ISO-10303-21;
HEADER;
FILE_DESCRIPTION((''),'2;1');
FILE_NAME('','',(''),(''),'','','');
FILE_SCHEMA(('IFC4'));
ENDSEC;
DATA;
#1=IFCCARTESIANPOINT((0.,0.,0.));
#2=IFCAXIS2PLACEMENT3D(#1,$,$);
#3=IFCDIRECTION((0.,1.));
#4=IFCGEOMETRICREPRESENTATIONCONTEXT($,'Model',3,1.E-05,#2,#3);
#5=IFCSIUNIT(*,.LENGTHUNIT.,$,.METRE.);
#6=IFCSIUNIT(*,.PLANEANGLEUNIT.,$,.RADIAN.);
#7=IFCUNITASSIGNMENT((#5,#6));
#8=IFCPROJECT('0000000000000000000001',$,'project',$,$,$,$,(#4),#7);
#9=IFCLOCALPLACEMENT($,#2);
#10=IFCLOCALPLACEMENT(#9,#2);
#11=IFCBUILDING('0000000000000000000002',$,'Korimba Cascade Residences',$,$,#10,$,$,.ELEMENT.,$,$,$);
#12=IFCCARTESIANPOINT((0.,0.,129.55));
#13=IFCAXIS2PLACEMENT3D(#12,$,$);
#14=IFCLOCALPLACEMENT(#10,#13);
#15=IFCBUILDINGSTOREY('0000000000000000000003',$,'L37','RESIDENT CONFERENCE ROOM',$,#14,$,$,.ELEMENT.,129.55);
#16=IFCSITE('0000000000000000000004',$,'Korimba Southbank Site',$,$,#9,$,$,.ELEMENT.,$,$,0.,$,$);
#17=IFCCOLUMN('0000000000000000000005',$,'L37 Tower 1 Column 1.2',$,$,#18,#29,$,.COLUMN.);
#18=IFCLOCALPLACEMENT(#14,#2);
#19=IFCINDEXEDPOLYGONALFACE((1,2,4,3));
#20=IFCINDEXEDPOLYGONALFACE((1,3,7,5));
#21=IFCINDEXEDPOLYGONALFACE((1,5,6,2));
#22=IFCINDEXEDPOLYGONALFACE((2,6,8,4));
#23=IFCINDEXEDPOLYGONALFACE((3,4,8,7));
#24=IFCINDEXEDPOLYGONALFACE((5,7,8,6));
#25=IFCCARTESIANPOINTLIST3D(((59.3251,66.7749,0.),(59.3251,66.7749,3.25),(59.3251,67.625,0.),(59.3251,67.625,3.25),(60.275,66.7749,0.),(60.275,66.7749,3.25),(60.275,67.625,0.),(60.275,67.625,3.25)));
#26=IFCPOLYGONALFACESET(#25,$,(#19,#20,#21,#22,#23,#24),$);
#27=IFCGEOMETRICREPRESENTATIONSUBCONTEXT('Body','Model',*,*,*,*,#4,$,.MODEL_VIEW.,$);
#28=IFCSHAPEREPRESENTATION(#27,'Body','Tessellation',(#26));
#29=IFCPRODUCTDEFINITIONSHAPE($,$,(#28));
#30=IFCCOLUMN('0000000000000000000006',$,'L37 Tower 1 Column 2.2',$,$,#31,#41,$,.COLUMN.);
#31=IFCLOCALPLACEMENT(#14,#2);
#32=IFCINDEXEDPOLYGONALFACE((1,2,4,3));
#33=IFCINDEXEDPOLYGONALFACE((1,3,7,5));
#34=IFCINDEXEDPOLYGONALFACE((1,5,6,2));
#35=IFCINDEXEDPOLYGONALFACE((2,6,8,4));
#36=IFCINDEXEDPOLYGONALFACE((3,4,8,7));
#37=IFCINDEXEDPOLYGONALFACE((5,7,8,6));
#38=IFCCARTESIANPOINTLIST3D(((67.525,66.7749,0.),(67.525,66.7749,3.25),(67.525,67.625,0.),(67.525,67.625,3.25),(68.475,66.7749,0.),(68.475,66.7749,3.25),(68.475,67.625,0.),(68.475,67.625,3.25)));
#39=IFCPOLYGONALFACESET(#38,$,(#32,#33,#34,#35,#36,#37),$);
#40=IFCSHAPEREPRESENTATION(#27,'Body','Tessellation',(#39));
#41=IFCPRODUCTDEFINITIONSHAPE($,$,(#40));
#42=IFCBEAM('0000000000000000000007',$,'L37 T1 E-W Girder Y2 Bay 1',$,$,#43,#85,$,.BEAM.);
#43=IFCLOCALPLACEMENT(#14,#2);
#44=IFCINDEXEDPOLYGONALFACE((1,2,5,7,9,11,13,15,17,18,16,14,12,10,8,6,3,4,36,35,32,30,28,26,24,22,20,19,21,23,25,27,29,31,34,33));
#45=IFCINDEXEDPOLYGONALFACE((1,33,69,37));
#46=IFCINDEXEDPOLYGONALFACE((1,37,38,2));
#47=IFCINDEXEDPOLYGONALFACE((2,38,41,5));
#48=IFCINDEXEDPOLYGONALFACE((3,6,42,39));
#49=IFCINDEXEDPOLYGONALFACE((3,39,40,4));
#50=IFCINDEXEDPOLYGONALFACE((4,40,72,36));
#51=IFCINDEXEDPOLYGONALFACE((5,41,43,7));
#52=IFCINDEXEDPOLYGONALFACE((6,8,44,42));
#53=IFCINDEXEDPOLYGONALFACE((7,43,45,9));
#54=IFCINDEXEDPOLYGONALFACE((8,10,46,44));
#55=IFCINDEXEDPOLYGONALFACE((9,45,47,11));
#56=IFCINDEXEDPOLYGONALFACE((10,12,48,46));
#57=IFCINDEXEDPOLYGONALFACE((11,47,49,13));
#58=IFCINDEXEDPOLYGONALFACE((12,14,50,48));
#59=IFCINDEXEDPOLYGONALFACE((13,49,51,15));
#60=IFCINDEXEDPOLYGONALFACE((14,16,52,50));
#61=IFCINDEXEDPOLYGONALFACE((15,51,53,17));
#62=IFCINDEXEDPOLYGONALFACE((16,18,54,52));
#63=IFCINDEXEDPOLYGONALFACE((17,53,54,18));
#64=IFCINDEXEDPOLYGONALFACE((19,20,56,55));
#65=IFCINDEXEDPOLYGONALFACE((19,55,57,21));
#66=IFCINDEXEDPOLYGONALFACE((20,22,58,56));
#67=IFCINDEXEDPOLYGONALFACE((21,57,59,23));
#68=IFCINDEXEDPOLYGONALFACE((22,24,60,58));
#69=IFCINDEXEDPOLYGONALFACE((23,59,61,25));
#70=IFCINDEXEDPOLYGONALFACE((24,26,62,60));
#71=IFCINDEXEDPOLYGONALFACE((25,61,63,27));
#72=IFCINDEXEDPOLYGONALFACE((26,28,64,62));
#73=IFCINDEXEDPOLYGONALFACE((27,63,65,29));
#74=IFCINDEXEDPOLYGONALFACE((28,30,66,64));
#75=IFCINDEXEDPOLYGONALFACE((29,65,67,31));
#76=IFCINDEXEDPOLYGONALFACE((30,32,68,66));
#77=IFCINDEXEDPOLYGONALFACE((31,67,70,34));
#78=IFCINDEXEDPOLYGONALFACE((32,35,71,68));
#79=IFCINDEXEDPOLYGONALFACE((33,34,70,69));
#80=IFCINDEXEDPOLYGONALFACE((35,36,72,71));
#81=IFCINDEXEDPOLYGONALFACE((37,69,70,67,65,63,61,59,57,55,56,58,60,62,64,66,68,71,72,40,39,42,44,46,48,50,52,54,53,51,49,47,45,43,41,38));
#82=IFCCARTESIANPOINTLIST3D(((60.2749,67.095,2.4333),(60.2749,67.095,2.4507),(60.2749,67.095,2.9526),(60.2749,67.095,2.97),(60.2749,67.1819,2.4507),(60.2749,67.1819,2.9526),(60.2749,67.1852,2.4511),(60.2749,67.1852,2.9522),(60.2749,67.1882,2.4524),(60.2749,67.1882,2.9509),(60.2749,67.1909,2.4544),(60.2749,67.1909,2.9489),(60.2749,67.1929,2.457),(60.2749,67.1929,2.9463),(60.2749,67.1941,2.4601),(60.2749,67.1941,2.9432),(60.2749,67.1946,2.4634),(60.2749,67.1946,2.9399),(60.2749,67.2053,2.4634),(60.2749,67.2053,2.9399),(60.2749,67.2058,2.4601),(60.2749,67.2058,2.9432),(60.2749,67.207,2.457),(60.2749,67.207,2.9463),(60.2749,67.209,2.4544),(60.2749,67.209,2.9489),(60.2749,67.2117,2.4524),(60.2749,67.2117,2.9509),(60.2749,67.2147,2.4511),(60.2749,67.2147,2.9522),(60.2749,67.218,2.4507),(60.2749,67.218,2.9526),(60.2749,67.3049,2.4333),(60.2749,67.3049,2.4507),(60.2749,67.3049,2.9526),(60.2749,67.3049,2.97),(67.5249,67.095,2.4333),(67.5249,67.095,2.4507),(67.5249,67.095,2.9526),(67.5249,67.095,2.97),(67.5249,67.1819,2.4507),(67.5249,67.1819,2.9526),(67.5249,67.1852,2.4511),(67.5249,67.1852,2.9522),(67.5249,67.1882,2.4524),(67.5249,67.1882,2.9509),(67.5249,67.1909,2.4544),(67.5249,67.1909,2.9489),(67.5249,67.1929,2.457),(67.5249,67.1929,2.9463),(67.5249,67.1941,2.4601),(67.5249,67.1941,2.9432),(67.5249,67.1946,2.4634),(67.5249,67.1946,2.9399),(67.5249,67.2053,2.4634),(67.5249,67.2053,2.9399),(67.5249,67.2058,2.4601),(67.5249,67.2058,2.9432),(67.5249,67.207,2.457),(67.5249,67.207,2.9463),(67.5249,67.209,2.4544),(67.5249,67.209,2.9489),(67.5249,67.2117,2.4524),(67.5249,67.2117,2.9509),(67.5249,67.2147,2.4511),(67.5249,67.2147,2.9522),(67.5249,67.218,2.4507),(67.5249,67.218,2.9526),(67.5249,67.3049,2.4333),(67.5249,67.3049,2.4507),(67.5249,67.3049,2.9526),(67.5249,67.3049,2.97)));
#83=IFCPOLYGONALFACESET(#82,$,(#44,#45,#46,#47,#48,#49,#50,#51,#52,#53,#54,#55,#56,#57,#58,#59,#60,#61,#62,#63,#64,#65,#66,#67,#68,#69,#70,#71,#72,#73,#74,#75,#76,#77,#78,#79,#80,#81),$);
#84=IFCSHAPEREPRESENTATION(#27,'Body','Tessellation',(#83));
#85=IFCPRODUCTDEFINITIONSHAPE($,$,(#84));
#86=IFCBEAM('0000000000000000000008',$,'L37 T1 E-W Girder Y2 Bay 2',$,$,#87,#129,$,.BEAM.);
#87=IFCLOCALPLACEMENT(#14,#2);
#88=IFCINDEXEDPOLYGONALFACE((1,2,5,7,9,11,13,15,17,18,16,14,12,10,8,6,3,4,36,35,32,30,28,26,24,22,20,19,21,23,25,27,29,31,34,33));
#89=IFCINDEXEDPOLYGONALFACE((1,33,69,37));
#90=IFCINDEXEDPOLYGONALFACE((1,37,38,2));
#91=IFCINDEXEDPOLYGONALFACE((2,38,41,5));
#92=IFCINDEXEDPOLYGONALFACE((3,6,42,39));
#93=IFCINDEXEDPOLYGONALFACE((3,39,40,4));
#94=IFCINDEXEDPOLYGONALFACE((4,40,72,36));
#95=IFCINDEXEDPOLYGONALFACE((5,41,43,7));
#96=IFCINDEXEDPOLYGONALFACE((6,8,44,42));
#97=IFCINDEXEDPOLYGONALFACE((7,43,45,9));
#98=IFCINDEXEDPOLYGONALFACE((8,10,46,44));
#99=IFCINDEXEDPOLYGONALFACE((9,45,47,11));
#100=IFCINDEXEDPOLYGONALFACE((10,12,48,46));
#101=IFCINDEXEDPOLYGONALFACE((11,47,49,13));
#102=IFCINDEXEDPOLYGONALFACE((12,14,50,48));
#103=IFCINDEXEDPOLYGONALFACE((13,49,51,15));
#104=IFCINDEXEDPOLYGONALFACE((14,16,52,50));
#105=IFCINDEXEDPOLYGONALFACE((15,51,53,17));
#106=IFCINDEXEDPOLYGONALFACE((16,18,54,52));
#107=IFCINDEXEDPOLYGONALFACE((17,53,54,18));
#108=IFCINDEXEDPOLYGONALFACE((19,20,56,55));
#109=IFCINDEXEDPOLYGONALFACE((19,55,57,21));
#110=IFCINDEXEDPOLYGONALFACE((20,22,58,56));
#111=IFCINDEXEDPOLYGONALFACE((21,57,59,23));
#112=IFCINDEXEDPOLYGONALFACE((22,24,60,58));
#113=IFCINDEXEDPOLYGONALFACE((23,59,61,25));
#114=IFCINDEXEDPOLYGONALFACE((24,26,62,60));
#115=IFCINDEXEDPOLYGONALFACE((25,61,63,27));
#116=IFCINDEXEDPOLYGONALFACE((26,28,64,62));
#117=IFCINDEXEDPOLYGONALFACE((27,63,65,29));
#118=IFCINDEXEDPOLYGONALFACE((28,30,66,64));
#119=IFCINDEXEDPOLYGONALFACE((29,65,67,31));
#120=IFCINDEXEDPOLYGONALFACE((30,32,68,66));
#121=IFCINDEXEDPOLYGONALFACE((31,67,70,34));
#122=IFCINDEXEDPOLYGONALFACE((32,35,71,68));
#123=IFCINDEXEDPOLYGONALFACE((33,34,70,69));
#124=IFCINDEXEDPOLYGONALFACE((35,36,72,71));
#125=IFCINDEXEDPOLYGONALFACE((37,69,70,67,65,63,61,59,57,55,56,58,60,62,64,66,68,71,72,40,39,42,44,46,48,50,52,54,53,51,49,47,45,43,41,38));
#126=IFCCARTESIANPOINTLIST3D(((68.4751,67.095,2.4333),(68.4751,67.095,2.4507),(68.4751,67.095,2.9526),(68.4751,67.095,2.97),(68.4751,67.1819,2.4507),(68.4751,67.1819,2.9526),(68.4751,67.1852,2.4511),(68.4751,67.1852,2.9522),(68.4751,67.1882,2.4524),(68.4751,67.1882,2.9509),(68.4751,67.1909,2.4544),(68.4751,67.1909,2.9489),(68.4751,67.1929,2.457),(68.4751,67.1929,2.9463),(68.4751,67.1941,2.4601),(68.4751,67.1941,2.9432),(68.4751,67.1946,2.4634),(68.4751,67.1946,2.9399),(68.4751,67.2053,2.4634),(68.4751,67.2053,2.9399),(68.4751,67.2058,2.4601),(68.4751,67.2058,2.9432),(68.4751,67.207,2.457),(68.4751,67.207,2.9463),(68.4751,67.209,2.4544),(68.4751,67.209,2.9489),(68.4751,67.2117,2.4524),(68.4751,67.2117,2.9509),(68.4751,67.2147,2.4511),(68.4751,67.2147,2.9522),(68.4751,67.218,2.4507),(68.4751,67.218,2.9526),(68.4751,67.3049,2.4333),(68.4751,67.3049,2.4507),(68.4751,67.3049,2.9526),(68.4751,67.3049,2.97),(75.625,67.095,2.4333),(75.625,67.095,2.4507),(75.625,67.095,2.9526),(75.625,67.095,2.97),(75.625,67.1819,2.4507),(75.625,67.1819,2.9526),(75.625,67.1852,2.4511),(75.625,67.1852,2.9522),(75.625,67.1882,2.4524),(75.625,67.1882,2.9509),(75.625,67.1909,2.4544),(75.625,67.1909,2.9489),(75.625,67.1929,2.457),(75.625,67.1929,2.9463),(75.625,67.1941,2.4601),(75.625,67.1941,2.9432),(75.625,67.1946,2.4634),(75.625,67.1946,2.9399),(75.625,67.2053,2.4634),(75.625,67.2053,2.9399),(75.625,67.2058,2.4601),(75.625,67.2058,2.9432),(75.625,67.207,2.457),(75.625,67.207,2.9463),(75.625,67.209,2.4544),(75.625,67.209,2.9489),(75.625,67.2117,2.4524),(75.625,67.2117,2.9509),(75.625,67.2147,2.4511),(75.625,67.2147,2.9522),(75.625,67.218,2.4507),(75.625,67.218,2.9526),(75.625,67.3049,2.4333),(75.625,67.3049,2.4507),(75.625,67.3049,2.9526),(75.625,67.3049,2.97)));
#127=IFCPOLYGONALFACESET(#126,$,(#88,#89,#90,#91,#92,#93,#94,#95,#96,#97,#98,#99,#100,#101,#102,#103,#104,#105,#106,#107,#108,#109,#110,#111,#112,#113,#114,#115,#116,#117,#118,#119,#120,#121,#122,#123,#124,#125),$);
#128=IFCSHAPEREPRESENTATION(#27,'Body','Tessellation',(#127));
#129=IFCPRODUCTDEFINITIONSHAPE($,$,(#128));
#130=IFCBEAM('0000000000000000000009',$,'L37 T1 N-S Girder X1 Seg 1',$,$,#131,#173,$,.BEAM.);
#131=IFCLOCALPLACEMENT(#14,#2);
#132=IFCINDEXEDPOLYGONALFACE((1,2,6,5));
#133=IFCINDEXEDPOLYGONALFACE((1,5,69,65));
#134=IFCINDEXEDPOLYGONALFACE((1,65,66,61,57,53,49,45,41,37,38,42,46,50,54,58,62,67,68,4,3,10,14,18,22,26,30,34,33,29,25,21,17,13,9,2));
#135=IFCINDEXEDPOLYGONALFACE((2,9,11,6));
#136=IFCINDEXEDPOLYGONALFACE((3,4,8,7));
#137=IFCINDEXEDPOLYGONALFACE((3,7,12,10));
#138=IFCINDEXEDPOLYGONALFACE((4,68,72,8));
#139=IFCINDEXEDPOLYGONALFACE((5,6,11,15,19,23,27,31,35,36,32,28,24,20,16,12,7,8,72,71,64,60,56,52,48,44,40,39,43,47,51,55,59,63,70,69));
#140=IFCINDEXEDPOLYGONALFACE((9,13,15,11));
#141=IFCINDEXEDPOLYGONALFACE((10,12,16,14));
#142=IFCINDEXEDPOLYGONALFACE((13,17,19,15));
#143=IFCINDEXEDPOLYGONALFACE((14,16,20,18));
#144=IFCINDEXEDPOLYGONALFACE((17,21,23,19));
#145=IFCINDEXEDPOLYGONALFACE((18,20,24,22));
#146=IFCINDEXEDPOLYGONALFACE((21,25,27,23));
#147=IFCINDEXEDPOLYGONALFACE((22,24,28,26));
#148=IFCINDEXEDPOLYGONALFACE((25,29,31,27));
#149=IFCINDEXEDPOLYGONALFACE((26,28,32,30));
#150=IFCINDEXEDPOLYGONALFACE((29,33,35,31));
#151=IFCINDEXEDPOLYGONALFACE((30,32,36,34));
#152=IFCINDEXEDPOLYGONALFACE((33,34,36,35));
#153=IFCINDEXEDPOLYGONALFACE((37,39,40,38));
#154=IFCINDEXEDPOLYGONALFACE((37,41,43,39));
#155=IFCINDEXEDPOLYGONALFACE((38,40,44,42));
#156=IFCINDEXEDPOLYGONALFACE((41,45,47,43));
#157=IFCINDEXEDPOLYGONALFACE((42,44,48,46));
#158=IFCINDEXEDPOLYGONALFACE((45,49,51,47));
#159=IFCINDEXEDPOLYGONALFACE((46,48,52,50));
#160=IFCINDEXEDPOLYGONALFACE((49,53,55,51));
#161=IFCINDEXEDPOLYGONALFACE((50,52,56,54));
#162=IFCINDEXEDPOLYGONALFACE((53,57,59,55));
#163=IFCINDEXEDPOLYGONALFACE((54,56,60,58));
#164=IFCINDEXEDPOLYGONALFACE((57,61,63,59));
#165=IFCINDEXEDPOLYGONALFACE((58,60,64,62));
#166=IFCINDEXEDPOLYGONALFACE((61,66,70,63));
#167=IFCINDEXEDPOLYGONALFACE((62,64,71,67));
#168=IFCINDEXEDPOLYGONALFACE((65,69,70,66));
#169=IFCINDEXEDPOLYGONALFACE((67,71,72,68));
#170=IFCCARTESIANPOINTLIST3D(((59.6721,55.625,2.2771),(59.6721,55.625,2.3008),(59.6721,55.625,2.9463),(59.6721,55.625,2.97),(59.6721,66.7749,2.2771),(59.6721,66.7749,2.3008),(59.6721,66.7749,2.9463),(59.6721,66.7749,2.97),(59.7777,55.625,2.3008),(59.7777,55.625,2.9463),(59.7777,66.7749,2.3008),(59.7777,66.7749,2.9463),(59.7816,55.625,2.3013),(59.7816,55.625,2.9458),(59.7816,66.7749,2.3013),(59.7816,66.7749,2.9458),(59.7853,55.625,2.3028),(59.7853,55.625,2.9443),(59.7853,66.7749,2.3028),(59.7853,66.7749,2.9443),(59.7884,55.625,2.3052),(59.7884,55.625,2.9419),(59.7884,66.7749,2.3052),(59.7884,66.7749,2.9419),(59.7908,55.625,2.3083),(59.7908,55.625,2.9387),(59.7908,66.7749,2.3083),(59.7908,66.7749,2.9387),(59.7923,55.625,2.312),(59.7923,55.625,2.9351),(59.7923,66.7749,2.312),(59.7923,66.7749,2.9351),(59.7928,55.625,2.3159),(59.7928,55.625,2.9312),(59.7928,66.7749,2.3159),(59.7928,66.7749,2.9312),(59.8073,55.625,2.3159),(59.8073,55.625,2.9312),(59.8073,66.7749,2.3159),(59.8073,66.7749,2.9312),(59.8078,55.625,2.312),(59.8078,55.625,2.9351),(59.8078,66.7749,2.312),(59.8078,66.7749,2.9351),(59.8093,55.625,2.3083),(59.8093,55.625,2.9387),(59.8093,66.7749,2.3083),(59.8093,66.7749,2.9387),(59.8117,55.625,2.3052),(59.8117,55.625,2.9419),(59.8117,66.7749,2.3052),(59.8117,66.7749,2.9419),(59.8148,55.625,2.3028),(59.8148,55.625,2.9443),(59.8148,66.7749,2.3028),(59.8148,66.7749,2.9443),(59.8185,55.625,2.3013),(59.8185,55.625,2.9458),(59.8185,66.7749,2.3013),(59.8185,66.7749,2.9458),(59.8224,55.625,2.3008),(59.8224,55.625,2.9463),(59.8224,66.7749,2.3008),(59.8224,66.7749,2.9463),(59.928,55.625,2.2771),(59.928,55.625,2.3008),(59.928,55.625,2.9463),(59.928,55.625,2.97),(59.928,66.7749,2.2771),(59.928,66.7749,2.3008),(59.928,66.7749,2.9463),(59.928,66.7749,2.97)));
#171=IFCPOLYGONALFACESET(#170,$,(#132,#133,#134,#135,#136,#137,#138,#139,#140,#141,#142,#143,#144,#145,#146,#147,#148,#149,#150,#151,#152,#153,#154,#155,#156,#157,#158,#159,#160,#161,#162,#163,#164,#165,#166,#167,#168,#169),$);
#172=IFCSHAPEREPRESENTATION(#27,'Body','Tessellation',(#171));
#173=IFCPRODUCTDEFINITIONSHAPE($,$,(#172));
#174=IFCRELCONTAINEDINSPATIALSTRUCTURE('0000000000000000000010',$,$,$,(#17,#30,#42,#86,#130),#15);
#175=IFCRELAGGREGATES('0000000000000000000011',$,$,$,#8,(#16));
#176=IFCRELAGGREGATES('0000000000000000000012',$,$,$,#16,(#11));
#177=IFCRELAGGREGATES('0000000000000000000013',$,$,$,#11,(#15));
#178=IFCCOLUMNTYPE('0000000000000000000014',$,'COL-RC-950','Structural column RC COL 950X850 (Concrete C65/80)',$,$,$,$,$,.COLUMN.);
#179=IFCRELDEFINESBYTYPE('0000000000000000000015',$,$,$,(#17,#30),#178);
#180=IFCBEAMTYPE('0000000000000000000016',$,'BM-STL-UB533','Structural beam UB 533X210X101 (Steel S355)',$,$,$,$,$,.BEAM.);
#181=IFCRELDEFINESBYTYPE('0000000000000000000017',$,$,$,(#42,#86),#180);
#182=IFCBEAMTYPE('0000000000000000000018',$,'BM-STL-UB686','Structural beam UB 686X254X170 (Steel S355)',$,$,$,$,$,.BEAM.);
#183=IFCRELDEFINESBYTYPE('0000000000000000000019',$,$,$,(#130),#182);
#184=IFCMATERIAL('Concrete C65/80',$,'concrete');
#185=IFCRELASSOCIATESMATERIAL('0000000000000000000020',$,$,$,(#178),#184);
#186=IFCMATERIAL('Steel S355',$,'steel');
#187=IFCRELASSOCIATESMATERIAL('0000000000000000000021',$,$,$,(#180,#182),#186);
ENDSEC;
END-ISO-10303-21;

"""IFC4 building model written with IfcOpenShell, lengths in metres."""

from ifc_helpers import new_model, si_unit, direction, frame, origin, origin_2d, place, context, subcontext, project, spatial, rectangle, i_section, extrude, material, material_profile, profile_set, type_object, element, save


model = new_model("IFC4")

# Units and contexts
model_context = context("Model", 3, precision=1e-05, world=origin(), true_north=direction((0.0, 1.0)))
body_context = subcontext(model_context, "Body", "Model", "MODEL_VIEW")
ifc_project = project(units=[si_unit("LENGTHUNIT", "METRE"), si_unit("PLANEANGLEUNIT", "RADIAN")], contexts=[model_context])

# Site, building, storey
site_placement = place(None, origin())
site = spatial("IfcSite", under=ifc_project, at=site_placement, Name="Korimba Southbank Site", CompositionType="ELEMENT", RefElevation=0.0)
building_placement = place(site_placement, origin())
building = spatial("IfcBuilding", under=site, at=building_placement, Name="Korimba Cascade Residences", CompositionType="ELEMENT")
storey_placement = place(building_placement, frame((0.0, 0.0, 129.55)))
storey = spatial("IfcBuildingStorey", under=building, at=storey_placement, Name="L37", Description="RESIDENT CONFERENCE ROOM", CompositionType="ELEMENT", Elevation=129.55)

# Columns
ifc_material_1 = material(Name="Concrete C65/80", Category="concrete")
ifc_material_profile_1 = material_profile(ifc_material_1, rectangle(XDim=0.95, YDim=0.8501, at=origin_2d()), Name="Concrete C65/80")
ifc_profile_set_1 = profile_set([ifc_material_profile_1], Name="Concrete C65/80")
column_type = type_object("IfcColumnType", Name="COL-RC-950", Description="Structural column RC COL 950X850 (Concrete C65/80)", PredefinedType="COLUMN", material=ifc_profile_set_1)
for number, where, z_axis, x_axis, name in (
    (1, (59.8, 67.2, 0.0), (0.0, 0.0, 1.0), (1.0, 0.0, 0.0), "L37 Tower 1 Column 1.2"),
    (2, (68.0, 67.2, 0.0), (0.0, 0.0, 1.0), (1.0, 0.0, 0.0), "L37 Tower 1 Column 2.2"),
):
    element("IfcColumn", number, at=place(storey_placement, frame(where, z_axis=z_axis, x_axis=x_axis)), inside=storey, type_object=column_type, Name=name, PredefinedType="COLUMN", context=body_context, shape_type="SweptSolid", body=[
        extrude(rectangle(XDim=0.95, YDim=0.8501, at=origin_2d()), origin(), (0.0, 0.0, 1.0), 3.25),
    ])

# Beams
ifc_material_2 = material(Name="Steel S355", Category="steel")
ifc_material_profile_2 = material_profile(ifc_material_2, i_section(OverallWidth=0.21, OverallDepth=0.5366, WebThickness=0.0107, FlangeThickness=0.0173, FilletRadius=0.0127, at=origin_2d()), Name="Steel S355")
ifc_profile_set_2 = profile_set([ifc_material_profile_2], Name="Steel S355")
beam_type_1 = type_object("IfcBeamType", Name="BM-STL-UB533", Description="Structural beam UB 533X210X101 (Steel S355)", PredefinedType="BEAM", material=ifc_profile_set_2)
beam_1_placement = place(storey_placement, frame((60.2749, 67.2, 2.7017), z_axis=(1.0, 0.0, 0.0), x_axis=(0.0, 1.0, 0.0)))
element("IfcBeam", 3, at=beam_1_placement, inside=storey, type_object=beam_type_1, Name="L37 T1 E-W Girder Y2 Bay 1", PredefinedType="BEAM", context=body_context, shape_type="SweptSolid", body=[
    extrude(i_section(OverallWidth=0.21, OverallDepth=0.5366, WebThickness=0.0107, FlangeThickness=0.0173, FilletRadius=0.0127, at=origin_2d()), origin(), (0.0, 0.0, 1.0), 7.25),
])
beam_2_placement = place(storey_placement, frame((68.4751, 67.2, 2.7017), z_axis=(1.0, 0.0, 0.0), x_axis=(0.0, 1.0, 0.0)))
element("IfcBeam", 4, at=beam_2_placement, inside=storey, type_object=beam_type_1, Name="L37 T1 E-W Girder Y2 Bay 2", PredefinedType="BEAM", context=body_context, shape_type="SweptSolid", body=[
    extrude(i_section(OverallWidth=0.21, OverallDepth=0.5366, WebThickness=0.0107, FlangeThickness=0.0173, FilletRadius=0.0127, at=origin_2d()), origin(), (0.0, 0.0, 1.0), 7.1499),
])
ifc_material_profile_3 = material_profile(ifc_material_2, i_section(OverallWidth=0.2559, OverallDepth=0.6929, WebThickness=0.0144, FlangeThickness=0.0237, FilletRadius=0.0151, at=origin_2d()), Name="Steel S355")
ifc_profile_set_3 = profile_set([ifc_material_profile_3], Name="Steel S355")
beam_type_2 = type_object("IfcBeamType", Name="BM-STL-UB686", Description="Structural beam UB 686X254X170 (Steel S355)", PredefinedType="BEAM", material=ifc_profile_set_3)
beam_3_placement = place(storey_placement, frame((59.8, 55.625, 2.6235), z_axis=(0.0, 1.0, 0.0), x_axis=(-1.0, 0.0, 0.0)))
element("IfcBeam", 5, at=beam_3_placement, inside=storey, type_object=beam_type_2, Name="L37 T1 N-S Girder X1 Seg 1", PredefinedType="BEAM", context=body_context, shape_type="SweptSolid", body=[
    extrude(i_section(OverallWidth=0.2559, OverallDepth=0.6929, WebThickness=0.0144, FlangeThickness=0.0237, FilletRadius=0.0151, at=origin_2d()), origin(), (0.0, 0.0, 1.0), 11.1499),
])

save(model, "model.ifc")
